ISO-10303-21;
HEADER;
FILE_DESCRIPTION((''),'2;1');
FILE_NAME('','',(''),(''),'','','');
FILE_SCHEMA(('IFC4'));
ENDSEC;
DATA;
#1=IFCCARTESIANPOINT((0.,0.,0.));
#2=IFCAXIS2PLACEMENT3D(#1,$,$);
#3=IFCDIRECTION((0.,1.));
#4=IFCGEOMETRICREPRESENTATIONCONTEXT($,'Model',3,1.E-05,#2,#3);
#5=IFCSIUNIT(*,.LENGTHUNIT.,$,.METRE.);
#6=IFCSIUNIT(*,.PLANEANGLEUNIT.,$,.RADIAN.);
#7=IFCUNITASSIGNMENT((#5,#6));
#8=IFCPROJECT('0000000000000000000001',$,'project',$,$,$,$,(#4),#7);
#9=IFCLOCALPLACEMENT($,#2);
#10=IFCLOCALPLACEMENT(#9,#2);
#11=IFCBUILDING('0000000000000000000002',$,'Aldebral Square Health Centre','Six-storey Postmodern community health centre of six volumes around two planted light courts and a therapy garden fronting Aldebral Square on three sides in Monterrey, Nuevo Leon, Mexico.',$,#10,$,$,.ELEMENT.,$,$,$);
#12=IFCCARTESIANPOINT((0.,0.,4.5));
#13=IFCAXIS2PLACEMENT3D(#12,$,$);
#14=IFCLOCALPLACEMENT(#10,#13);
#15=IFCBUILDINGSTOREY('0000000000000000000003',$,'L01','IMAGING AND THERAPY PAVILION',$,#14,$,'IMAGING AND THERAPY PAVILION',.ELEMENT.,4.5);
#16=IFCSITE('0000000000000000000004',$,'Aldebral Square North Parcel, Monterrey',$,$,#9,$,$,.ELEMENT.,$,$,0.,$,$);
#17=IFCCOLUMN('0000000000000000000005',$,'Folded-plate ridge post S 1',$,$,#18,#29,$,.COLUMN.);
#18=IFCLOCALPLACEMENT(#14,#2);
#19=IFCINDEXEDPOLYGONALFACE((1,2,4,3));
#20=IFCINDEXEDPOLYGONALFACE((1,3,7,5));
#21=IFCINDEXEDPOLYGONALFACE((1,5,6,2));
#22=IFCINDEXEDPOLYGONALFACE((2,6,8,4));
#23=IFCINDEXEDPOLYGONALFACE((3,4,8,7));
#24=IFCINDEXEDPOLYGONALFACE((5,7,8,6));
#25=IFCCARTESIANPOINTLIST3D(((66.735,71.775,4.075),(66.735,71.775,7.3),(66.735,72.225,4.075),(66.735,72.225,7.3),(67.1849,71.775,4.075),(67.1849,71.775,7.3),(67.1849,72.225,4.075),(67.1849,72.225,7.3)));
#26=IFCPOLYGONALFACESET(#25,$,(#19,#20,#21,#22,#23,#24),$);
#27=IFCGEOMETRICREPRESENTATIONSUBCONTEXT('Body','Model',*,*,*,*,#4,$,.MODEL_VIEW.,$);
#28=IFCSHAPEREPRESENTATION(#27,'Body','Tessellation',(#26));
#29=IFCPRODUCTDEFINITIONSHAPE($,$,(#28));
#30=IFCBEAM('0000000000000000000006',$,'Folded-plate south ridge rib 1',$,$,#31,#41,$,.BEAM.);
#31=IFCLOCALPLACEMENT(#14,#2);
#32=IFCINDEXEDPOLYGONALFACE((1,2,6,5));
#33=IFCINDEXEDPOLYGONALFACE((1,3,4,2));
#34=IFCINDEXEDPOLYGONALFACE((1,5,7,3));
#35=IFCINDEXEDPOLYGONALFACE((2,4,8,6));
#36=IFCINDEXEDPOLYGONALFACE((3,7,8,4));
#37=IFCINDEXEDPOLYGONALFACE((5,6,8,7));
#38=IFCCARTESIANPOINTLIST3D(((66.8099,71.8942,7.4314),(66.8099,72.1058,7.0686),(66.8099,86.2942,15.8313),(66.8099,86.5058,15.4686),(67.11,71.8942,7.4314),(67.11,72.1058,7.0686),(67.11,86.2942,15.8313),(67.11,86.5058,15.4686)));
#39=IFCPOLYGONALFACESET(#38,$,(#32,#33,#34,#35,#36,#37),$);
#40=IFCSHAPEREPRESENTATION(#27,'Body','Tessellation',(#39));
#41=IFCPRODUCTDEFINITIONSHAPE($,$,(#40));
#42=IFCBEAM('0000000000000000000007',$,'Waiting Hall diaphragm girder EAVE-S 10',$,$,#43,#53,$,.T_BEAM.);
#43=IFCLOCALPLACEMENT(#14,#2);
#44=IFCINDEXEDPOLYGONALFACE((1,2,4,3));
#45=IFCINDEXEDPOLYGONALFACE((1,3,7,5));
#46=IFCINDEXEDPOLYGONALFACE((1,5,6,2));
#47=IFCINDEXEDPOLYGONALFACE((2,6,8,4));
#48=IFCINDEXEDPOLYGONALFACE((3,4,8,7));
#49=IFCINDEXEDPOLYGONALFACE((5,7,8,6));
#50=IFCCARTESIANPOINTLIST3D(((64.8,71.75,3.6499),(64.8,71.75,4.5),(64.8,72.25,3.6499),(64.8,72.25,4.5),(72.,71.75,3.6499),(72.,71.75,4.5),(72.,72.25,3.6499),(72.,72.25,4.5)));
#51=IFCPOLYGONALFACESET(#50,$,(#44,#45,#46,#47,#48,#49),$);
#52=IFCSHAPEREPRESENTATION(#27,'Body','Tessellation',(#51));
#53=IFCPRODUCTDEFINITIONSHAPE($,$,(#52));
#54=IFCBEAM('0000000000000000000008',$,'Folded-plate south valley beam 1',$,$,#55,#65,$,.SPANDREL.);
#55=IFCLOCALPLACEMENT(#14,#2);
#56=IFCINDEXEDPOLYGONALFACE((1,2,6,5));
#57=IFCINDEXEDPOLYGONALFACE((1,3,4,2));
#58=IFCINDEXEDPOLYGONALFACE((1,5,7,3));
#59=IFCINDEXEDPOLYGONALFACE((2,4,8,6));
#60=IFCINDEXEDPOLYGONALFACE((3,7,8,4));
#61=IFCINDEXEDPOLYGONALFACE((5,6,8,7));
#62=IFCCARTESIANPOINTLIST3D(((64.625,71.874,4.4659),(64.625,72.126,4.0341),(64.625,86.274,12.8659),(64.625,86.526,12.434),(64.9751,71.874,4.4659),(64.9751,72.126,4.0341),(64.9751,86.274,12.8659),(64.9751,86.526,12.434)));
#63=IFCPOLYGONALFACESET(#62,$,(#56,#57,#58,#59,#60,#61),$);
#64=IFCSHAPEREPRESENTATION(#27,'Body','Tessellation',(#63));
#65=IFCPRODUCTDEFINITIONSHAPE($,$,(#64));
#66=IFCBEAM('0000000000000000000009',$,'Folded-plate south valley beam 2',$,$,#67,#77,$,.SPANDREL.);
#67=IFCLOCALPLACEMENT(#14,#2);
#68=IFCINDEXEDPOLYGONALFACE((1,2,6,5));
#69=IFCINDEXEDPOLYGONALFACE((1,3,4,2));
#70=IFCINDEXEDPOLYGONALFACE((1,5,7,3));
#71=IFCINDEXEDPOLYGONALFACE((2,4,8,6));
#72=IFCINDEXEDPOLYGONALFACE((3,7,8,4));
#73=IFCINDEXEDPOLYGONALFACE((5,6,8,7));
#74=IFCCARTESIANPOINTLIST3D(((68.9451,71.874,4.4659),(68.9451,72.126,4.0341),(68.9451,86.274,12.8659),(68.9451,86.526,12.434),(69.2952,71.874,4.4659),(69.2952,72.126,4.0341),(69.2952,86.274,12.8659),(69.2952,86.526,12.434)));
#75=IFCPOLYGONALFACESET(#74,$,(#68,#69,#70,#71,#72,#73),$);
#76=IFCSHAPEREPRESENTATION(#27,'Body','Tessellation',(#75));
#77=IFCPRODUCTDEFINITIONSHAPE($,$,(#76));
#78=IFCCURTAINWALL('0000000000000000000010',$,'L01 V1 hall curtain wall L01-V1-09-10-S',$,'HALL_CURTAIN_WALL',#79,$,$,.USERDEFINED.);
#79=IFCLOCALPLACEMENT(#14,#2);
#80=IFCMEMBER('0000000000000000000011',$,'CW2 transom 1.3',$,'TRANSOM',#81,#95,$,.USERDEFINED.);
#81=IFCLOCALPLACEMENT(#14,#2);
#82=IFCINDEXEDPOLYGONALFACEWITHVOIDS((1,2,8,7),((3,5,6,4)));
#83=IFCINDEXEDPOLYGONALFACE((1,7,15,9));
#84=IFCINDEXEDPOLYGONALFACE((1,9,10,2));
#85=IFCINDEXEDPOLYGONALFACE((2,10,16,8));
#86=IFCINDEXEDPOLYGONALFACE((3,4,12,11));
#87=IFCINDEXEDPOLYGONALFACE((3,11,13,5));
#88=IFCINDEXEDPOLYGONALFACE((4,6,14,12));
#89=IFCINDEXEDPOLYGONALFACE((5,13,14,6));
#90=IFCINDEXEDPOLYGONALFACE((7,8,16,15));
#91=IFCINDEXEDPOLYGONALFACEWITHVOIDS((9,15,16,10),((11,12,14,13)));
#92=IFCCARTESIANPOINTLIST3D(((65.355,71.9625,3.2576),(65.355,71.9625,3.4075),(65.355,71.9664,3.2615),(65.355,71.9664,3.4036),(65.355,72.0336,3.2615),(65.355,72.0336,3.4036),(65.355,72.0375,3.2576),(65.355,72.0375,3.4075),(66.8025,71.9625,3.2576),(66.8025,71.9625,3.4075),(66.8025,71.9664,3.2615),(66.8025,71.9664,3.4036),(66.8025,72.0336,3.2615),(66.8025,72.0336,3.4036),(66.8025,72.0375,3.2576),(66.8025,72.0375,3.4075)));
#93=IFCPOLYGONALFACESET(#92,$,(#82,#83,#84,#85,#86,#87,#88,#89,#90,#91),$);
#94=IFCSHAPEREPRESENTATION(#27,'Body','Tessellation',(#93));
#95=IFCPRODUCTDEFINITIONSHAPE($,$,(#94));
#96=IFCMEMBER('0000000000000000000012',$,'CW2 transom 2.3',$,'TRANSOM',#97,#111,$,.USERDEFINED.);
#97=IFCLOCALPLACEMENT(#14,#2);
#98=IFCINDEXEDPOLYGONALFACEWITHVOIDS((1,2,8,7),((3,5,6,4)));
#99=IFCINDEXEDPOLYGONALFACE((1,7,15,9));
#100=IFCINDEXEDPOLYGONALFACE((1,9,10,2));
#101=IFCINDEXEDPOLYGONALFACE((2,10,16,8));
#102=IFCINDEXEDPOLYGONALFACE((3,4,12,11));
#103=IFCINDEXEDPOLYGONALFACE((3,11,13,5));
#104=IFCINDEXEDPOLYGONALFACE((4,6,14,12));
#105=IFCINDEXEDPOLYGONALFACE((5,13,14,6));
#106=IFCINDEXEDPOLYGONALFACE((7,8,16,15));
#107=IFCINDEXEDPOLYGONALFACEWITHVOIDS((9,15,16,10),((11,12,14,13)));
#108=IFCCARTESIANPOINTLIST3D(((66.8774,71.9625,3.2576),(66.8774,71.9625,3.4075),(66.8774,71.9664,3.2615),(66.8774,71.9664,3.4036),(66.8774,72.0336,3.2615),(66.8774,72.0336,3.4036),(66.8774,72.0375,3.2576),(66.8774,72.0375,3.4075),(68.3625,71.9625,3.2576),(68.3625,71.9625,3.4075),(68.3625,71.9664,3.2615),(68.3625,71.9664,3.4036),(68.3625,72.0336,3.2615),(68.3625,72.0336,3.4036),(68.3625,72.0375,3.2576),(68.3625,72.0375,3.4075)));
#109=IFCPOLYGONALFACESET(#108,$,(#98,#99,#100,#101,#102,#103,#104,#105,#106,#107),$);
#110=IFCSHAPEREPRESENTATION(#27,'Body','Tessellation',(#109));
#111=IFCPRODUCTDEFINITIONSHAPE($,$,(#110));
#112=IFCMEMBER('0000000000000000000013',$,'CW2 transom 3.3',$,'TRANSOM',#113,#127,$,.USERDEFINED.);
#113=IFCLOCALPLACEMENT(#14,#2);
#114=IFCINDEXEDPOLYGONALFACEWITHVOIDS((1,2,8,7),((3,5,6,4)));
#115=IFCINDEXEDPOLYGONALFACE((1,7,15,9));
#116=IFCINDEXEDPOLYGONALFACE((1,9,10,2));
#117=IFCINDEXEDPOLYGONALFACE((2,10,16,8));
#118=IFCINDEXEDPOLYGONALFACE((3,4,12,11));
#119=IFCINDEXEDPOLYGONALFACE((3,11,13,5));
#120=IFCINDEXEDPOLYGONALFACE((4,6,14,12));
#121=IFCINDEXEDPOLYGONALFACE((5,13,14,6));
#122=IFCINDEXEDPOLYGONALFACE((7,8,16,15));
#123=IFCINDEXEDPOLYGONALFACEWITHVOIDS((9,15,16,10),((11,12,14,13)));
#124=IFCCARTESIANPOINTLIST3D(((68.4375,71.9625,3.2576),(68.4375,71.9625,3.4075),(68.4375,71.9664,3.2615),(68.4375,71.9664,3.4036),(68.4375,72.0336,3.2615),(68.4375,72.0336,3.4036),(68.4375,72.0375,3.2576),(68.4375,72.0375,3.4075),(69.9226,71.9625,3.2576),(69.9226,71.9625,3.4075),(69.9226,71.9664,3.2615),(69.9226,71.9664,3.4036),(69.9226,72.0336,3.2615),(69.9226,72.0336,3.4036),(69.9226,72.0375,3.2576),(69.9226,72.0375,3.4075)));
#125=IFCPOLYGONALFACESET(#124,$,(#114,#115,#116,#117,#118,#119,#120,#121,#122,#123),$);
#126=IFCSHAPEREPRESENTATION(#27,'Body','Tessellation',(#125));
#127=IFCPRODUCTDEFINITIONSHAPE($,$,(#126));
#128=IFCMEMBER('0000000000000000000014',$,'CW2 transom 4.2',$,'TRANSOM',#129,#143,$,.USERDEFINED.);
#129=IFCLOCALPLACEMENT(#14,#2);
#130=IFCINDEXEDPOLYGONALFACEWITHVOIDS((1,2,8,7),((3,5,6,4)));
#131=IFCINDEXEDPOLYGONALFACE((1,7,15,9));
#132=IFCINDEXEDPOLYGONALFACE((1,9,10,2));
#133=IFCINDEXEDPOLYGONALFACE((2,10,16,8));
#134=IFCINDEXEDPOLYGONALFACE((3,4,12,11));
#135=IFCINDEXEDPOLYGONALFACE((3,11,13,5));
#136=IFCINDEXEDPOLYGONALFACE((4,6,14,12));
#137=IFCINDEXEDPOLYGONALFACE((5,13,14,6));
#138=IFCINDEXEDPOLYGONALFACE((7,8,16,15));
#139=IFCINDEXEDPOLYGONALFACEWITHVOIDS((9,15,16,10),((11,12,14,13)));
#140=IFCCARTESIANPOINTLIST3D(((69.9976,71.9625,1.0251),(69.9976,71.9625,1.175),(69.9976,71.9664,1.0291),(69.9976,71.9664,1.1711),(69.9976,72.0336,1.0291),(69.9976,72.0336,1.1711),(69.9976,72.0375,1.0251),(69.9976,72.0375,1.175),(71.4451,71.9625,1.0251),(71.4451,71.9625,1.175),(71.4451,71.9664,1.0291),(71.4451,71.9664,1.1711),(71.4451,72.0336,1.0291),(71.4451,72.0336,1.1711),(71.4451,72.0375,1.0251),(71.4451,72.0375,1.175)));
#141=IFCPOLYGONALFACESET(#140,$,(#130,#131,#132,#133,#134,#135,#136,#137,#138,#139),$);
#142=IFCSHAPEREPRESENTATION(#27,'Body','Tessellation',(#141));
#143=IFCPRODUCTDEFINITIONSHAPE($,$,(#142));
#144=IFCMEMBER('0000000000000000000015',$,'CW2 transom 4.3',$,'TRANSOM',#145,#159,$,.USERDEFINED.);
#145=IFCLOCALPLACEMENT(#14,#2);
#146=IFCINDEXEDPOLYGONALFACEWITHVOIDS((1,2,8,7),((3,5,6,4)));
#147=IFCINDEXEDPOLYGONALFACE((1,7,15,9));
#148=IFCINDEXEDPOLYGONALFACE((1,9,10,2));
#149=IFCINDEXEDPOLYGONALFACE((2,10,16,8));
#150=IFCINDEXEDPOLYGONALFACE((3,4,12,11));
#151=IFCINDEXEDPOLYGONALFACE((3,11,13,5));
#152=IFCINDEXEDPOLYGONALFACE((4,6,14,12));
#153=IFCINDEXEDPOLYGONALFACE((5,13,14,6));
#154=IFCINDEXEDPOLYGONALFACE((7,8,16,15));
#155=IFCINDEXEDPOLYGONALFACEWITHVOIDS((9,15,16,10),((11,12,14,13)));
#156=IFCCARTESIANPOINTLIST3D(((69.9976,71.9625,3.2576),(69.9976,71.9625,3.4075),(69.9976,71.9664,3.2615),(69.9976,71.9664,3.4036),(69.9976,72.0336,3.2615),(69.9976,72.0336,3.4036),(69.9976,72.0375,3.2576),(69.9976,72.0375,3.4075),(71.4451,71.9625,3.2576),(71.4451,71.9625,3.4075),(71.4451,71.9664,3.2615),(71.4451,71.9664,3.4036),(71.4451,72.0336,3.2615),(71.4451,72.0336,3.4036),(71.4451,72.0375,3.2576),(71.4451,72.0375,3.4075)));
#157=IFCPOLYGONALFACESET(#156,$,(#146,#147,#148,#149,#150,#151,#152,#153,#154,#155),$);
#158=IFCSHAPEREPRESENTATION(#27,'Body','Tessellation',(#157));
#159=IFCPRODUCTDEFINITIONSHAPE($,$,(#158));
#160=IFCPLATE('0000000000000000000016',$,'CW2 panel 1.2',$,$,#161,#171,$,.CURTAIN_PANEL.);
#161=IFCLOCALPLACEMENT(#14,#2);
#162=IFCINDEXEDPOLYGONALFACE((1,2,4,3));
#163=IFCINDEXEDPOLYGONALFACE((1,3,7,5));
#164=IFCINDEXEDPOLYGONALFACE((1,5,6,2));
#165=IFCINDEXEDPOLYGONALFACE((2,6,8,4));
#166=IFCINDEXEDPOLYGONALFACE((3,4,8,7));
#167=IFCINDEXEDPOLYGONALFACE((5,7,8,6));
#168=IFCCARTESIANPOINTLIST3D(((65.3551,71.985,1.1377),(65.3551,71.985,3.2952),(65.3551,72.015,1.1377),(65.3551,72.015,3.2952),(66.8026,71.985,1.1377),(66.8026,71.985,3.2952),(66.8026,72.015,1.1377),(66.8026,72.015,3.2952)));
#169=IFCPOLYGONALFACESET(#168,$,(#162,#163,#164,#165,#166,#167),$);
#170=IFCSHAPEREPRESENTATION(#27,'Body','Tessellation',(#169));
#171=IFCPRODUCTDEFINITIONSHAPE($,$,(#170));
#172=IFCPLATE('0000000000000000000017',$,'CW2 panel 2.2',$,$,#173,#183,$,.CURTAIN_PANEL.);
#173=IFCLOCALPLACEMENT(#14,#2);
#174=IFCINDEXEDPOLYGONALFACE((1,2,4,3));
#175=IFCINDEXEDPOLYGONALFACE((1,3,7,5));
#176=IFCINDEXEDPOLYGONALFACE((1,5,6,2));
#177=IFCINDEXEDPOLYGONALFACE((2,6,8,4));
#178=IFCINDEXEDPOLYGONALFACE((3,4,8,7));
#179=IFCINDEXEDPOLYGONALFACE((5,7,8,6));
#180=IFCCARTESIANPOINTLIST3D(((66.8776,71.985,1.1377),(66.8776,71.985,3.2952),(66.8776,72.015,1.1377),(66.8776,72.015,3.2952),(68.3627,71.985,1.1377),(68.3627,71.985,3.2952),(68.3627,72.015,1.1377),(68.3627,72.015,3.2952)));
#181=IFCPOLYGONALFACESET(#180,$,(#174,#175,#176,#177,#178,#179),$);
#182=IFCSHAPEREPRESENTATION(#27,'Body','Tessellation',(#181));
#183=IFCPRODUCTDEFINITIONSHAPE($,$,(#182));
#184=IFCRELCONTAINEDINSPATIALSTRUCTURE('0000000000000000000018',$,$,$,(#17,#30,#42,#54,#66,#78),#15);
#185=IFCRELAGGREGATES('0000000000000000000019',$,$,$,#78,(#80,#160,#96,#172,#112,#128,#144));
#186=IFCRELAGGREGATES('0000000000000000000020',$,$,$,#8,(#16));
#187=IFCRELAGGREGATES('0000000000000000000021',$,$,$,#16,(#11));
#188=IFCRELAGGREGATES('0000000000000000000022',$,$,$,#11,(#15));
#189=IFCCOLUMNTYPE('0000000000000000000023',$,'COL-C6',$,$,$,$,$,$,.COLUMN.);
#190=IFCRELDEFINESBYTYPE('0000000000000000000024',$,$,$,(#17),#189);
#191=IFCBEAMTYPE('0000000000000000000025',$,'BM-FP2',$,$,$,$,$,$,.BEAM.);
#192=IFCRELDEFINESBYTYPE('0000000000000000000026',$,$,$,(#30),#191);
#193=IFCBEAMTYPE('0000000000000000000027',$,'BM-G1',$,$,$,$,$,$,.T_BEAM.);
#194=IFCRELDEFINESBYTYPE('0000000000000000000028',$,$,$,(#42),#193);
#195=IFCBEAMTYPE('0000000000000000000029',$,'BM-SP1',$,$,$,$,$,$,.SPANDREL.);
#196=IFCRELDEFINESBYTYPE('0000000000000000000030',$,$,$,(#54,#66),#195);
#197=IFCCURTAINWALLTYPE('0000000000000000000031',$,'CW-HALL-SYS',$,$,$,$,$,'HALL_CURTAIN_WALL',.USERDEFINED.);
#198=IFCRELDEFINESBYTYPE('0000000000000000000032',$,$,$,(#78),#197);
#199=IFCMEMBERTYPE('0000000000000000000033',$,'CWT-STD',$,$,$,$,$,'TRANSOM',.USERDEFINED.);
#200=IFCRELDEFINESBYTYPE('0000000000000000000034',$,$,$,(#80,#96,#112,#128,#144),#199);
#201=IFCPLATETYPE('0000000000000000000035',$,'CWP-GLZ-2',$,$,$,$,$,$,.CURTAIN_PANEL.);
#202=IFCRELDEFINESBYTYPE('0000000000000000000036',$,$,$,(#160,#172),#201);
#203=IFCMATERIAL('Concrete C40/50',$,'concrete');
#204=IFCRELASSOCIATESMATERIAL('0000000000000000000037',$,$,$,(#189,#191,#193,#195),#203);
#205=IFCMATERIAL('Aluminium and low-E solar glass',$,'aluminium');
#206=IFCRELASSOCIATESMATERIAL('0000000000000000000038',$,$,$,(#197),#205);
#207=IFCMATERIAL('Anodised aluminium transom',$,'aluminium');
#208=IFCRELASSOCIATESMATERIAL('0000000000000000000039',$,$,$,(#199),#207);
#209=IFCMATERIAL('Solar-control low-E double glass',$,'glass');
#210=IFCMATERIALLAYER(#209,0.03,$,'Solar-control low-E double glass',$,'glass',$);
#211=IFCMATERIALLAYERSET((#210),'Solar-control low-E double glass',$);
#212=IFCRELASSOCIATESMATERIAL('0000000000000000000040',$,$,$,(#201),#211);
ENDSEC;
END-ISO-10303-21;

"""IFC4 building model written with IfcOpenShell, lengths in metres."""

from ifc_helpers import new_model, si_unit, direction, frame, origin, origin_2d, place, context, subcontext, project, spatial, rectangle, hollow_rectangle, extrude, material, layer, layer_set, material_profile, profile_set, type_object, element, aggregate, save


model = new_model("IFC4")

# Units and contexts
model_context = context("Model", 3, precision=1e-05, world=origin(), true_north=direction((0.0, 1.0)))
body_context = subcontext(model_context, "Body", "Model", "MODEL_VIEW")
ifc_project = project(units=[si_unit("LENGTHUNIT", "METRE"), si_unit("PLANEANGLEUNIT", "RADIAN")], contexts=[model_context])

# Site, building, storey
site_placement = place(None, origin())
site = spatial("IfcSite", under=ifc_project, at=site_placement, Name="Aldebral Square North Parcel, Monterrey", CompositionType="ELEMENT", RefElevation=0.0)
building_placement = place(site_placement, origin())
building = spatial("IfcBuilding", under=site, at=building_placement, Name="Aldebral Square Health Centre", Description="Six-storey Postmodern community health centre of six volumes around two planted light courts and a therapy garden fronting Aldebral Square on three sides in Monterrey, Nuevo Leon, Mexico.", CompositionType="ELEMENT")
storey_placement = place(building_placement, frame((0.0, 0.0, 4.5)))
storey = spatial("IfcBuildingStorey", under=building, at=storey_placement, Name="L01", Description="IMAGING AND THERAPY PAVILION", LongName="IMAGING AND THERAPY PAVILION", CompositionType="ELEMENT", Elevation=4.5)

# Column
ifc_material_1 = material(Name="Concrete C40/50", Category="concrete")
ifc_material_profile_1 = material_profile(ifc_material_1, rectangle(XDim=0.45, YDim=0.45, at=origin_2d()), Name="RC 450x450")
ifc_profile_set_1 = profile_set([ifc_material_profile_1], Name="Concrete C40/50")
column_type = type_object("IfcColumnType", Name="COL-C6", PredefinedType="COLUMN", material=ifc_profile_set_1)
column_placement = place(storey_placement, frame((66.96, 72.0, 4.075), z_axis=(0.0, 0.0, 1.0), x_axis=(1.0, 0.0, 0.0)))
element("IfcColumn", 1, at=column_placement, inside=storey, type_object=column_type, Name="Folded-plate ridge post S 1", PredefinedType="COLUMN", context=body_context, shape_type="SweptSolid", body=[
    extrude(rectangle(XDim=0.45, YDim=0.45, at=origin_2d()), origin(), (0.0, 0.0, 1.0), 3.2251),
])

# Beams
ifc_material_profile_2 = material_profile(ifc_material_1, rectangle(XDim=0.3, YDim=0.4199, at=origin_2d()), Name="RC 300x420")
ifc_profile_set_2 = profile_set([ifc_material_profile_2], Name="Concrete C40/50")
beam_type_1 = type_object("IfcBeamType", Name="BM-FP2", PredefinedType="BEAM", material=ifc_profile_set_2)
beam_1_placement = place(storey_placement, frame((66.96, 72.0, 7.25), z_axis=(0.0, 0.86378, 0.503869), x_axis=(-1.0, 0.0, 0.0)))
element("IfcBeam", 2, at=beam_1_placement, inside=storey, type_object=beam_type_1, Name="Folded-plate south ridge rib 1", PredefinedType="BEAM", context=body_context, shape_type="SweptSolid", body=[
    extrude(rectangle(XDim=0.3, YDim=0.4199, at=origin_2d()), origin(), (0.0, 0.0, 1.0), 16.6709),
])
ifc_material_profile_3 = material_profile(ifc_material_1, rectangle(XDim=0.5, YDim=0.8501, at=origin_2d()), Name="RC 500x850")
ifc_profile_set_3 = profile_set([ifc_material_profile_3], Name="Concrete C40/50")
beam_type_2 = type_object("IfcBeamType", Name="BM-G1", PredefinedType="T_BEAM", material=ifc_profile_set_3)
beam_2_placement = place(storey_placement, frame((64.8, 72.0, 4.075), z_axis=(1.0, 0.0, 0.0), x_axis=(0.0, 1.0, 0.0)))
element("IfcBeam", 3, at=beam_2_placement, inside=storey, type_object=beam_type_2, Name="Waiting Hall diaphragm girder EAVE-S 10", PredefinedType="T_BEAM", context=body_context, shape_type="SweptSolid", body=[
    extrude(rectangle(XDim=0.5, YDim=0.8501, at=origin_2d()), origin(), (0.0, 0.0, 1.0), 7.2),
])
ifc_material_profile_4 = material_profile(ifc_material_1, rectangle(XDim=0.3501, YDim=0.5, at=origin_2d()), Name="RC 350x500")
ifc_profile_set_4 = profile_set([ifc_material_profile_4], Name="Concrete C40/50")
beam_type_3 = type_object("IfcBeamType", Name="BM-SP1", PredefinedType="SPANDREL", material=ifc_profile_set_4)
for number, where, z_axis, x_axis, name in (
    (4, (64.8, 72.0, 4.25), (0.0, 0.86378, 0.503869), (-1.0, 0.0, 0.0), "Folded-plate south valley beam 1"),
    (5, (69.1201, 72.0, 4.25), (0.0, 0.86378, 0.503869), (-1.0, 0.0, 0.0), "Folded-plate south valley beam 2"),
):
    element("IfcBeam", number, at=place(storey_placement, frame(where, z_axis=z_axis, x_axis=x_axis)), inside=storey, type_object=beam_type_3, Name=name, PredefinedType="SPANDREL", context=body_context, shape_type="SweptSolid", body=[
        extrude(rectangle(XDim=0.3501, YDim=0.5, at=origin_2d()), origin(), (0.0, 0.0, 1.0), 16.6709),
    ])

# Curtain wall, members, plates
ifc_material_2 = material(Name="Aluminium and low-E solar glass", Category="aluminium")
curtain_wall_type = type_object("IfcCurtainWallType", Name="CW-HALL-SYS", ElementType="HALL_CURTAIN_WALL", PredefinedType="USERDEFINED", material=ifc_material_2)
curtain_wall_placement = place(storey_placement, origin())
curtain_wall = element("IfcCurtainWall", 6, at=curtain_wall_placement, inside=storey, type_object=curtain_wall_type, Name="L01 V1 hall curtain wall L01-V1-09-10-S", ObjectType="HALL_CURTAIN_WALL", PredefinedType="USERDEFINED")
ifc_material_3 = material(Name="Anodised aluminium transom", Category="aluminium")
ifc_material_profile_5 = material_profile(ifc_material_3, hollow_rectangle(XDim=0.075, YDim=0.1499, WallThickness=0.0039, at=origin_2d()), Name="CWT 75x150x4")
ifc_profile_set_5 = profile_set([ifc_material_profile_5], Name="Anodised aluminium transom")
member_type = type_object("IfcMemberType", Name="CWT-STD", ElementType="TRANSOM", PredefinedType="USERDEFINED", material=ifc_profile_set_5)
member_1_placement = place(storey_placement, frame((65.355, 72.0, 3.3325), z_axis=(1.0, 0.0, 0.0), x_axis=(0.0, 1.0, 0.0)))
member_1 = element("IfcMember", 7, at=member_1_placement, type_object=member_type, Name="CW2 transom 1.3", ObjectType="TRANSOM", PredefinedType="USERDEFINED", context=body_context, shape_type="SweptSolid", body=[
    extrude(hollow_rectangle(XDim=0.075, YDim=0.1499, WallThickness=0.0039, at=origin_2d()), origin(), (0.0, 0.0, 1.0), 1.4475),
])
member_2_placement = place(storey_placement, frame((66.8774, 72.0, 3.3325), z_axis=(1.0, 0.0, 0.0), x_axis=(0.0, 1.0, 0.0)))
member_2 = element("IfcMember", 8, at=member_2_placement, type_object=member_type, Name="CW2 transom 2.3", ObjectType="TRANSOM", PredefinedType="USERDEFINED", context=body_context, shape_type="SweptSolid", body=[
    extrude(hollow_rectangle(XDim=0.075, YDim=0.1499, WallThickness=0.0039, at=origin_2d()), origin(), (0.0, 0.0, 1.0), 1.4851),
])
member_3_placement = place(storey_placement, frame((68.4375, 72.0, 3.3325), z_axis=(1.0, 0.0, 0.0), x_axis=(0.0, 1.0, 0.0)))
member_3 = element("IfcMember", 9, at=member_3_placement, type_object=member_type, Name="CW2 transom 3.3", ObjectType="TRANSOM", PredefinedType="USERDEFINED", context=body_context, shape_type="SweptSolid", body=[
    extrude(hollow_rectangle(XDim=0.075, YDim=0.1499, WallThickness=0.0039, at=origin_2d()), origin(), (0.0, 0.0, 1.0), 1.4851),
])
member_4_placement = place(storey_placement, frame((69.9976, 72.0, 1.1001), z_axis=(1.0, 0.0, 0.0), x_axis=(0.0, 1.0, 0.0)))
member_4 = element("IfcMember", 10, at=member_4_placement, type_object=member_type, Name="CW2 transom 4.2", ObjectType="TRANSOM", PredefinedType="USERDEFINED", context=body_context, shape_type="SweptSolid", body=[
    extrude(hollow_rectangle(XDim=0.075, YDim=0.1499, WallThickness=0.0039, at=origin_2d()), origin(), (0.0, 0.0, 1.0), 1.4475),
])
member_5_placement = place(storey_placement, frame((69.9976, 72.0, 3.3325), z_axis=(1.0, 0.0, 0.0), x_axis=(0.0, 1.0, 0.0)))
member_5 = element("IfcMember", 11, at=member_5_placement, type_object=member_type, Name="CW2 transom 4.3", ObjectType="TRANSOM", PredefinedType="USERDEFINED", context=body_context, shape_type="SweptSolid", body=[
    extrude(hollow_rectangle(XDim=0.075, YDim=0.1499, WallThickness=0.0039, at=origin_2d()), origin(), (0.0, 0.0, 1.0), 1.4475),
])
ifc_material_4 = material(Name="Solar-control low-E double glass", Category="glass")
ifc_layer_1 = layer(ifc_material_4, 0.03, Name="Solar-control low-E double glass", Category="glass")
ifc_layer_set_1 = layer_set([ifc_layer_1], Name="Solar-control low-E double glass")
plate_type = type_object("IfcPlateType", Name="CWP-GLZ-2", PredefinedType="CURTAIN_PANEL", material=ifc_layer_set_1)
plate_1_placement = place(storey_placement, frame((66.0789, 72.0, 1.1377), z_axis=(0.0, 0.0, 1.0), x_axis=(1.0, 0.0, 0.0)))
plate_1 = element("IfcPlate", 12, at=plate_1_placement, type_object=plate_type, Name="CW2 panel 1.2", PredefinedType="CURTAIN_PANEL", context=body_context, shape_type="SweptSolid", body=[
    extrude(rectangle(XDim=1.4475, YDim=0.03, at=origin_2d()), origin(), (0.0, 0.0, 1.0), 2.1575),
])
plate_2_placement = place(storey_placement, frame((67.6201, 72.0, 1.1377), z_axis=(0.0, 0.0, 1.0), x_axis=(1.0, 0.0, 0.0)))
plate_2 = element("IfcPlate", 13, at=plate_2_placement, type_object=plate_type, Name="CW2 panel 2.2", PredefinedType="CURTAIN_PANEL", context=body_context, shape_type="SweptSolid", body=[
    extrude(rectangle(XDim=1.4851, YDim=0.03, at=origin_2d()), origin(), (0.0, 0.0, 1.0), 2.1575),
])
aggregate(curtain_wall, [member_1, plate_1, member_2, plate_2, member_3, member_4, member_5])

save(model, "model.ifc")
